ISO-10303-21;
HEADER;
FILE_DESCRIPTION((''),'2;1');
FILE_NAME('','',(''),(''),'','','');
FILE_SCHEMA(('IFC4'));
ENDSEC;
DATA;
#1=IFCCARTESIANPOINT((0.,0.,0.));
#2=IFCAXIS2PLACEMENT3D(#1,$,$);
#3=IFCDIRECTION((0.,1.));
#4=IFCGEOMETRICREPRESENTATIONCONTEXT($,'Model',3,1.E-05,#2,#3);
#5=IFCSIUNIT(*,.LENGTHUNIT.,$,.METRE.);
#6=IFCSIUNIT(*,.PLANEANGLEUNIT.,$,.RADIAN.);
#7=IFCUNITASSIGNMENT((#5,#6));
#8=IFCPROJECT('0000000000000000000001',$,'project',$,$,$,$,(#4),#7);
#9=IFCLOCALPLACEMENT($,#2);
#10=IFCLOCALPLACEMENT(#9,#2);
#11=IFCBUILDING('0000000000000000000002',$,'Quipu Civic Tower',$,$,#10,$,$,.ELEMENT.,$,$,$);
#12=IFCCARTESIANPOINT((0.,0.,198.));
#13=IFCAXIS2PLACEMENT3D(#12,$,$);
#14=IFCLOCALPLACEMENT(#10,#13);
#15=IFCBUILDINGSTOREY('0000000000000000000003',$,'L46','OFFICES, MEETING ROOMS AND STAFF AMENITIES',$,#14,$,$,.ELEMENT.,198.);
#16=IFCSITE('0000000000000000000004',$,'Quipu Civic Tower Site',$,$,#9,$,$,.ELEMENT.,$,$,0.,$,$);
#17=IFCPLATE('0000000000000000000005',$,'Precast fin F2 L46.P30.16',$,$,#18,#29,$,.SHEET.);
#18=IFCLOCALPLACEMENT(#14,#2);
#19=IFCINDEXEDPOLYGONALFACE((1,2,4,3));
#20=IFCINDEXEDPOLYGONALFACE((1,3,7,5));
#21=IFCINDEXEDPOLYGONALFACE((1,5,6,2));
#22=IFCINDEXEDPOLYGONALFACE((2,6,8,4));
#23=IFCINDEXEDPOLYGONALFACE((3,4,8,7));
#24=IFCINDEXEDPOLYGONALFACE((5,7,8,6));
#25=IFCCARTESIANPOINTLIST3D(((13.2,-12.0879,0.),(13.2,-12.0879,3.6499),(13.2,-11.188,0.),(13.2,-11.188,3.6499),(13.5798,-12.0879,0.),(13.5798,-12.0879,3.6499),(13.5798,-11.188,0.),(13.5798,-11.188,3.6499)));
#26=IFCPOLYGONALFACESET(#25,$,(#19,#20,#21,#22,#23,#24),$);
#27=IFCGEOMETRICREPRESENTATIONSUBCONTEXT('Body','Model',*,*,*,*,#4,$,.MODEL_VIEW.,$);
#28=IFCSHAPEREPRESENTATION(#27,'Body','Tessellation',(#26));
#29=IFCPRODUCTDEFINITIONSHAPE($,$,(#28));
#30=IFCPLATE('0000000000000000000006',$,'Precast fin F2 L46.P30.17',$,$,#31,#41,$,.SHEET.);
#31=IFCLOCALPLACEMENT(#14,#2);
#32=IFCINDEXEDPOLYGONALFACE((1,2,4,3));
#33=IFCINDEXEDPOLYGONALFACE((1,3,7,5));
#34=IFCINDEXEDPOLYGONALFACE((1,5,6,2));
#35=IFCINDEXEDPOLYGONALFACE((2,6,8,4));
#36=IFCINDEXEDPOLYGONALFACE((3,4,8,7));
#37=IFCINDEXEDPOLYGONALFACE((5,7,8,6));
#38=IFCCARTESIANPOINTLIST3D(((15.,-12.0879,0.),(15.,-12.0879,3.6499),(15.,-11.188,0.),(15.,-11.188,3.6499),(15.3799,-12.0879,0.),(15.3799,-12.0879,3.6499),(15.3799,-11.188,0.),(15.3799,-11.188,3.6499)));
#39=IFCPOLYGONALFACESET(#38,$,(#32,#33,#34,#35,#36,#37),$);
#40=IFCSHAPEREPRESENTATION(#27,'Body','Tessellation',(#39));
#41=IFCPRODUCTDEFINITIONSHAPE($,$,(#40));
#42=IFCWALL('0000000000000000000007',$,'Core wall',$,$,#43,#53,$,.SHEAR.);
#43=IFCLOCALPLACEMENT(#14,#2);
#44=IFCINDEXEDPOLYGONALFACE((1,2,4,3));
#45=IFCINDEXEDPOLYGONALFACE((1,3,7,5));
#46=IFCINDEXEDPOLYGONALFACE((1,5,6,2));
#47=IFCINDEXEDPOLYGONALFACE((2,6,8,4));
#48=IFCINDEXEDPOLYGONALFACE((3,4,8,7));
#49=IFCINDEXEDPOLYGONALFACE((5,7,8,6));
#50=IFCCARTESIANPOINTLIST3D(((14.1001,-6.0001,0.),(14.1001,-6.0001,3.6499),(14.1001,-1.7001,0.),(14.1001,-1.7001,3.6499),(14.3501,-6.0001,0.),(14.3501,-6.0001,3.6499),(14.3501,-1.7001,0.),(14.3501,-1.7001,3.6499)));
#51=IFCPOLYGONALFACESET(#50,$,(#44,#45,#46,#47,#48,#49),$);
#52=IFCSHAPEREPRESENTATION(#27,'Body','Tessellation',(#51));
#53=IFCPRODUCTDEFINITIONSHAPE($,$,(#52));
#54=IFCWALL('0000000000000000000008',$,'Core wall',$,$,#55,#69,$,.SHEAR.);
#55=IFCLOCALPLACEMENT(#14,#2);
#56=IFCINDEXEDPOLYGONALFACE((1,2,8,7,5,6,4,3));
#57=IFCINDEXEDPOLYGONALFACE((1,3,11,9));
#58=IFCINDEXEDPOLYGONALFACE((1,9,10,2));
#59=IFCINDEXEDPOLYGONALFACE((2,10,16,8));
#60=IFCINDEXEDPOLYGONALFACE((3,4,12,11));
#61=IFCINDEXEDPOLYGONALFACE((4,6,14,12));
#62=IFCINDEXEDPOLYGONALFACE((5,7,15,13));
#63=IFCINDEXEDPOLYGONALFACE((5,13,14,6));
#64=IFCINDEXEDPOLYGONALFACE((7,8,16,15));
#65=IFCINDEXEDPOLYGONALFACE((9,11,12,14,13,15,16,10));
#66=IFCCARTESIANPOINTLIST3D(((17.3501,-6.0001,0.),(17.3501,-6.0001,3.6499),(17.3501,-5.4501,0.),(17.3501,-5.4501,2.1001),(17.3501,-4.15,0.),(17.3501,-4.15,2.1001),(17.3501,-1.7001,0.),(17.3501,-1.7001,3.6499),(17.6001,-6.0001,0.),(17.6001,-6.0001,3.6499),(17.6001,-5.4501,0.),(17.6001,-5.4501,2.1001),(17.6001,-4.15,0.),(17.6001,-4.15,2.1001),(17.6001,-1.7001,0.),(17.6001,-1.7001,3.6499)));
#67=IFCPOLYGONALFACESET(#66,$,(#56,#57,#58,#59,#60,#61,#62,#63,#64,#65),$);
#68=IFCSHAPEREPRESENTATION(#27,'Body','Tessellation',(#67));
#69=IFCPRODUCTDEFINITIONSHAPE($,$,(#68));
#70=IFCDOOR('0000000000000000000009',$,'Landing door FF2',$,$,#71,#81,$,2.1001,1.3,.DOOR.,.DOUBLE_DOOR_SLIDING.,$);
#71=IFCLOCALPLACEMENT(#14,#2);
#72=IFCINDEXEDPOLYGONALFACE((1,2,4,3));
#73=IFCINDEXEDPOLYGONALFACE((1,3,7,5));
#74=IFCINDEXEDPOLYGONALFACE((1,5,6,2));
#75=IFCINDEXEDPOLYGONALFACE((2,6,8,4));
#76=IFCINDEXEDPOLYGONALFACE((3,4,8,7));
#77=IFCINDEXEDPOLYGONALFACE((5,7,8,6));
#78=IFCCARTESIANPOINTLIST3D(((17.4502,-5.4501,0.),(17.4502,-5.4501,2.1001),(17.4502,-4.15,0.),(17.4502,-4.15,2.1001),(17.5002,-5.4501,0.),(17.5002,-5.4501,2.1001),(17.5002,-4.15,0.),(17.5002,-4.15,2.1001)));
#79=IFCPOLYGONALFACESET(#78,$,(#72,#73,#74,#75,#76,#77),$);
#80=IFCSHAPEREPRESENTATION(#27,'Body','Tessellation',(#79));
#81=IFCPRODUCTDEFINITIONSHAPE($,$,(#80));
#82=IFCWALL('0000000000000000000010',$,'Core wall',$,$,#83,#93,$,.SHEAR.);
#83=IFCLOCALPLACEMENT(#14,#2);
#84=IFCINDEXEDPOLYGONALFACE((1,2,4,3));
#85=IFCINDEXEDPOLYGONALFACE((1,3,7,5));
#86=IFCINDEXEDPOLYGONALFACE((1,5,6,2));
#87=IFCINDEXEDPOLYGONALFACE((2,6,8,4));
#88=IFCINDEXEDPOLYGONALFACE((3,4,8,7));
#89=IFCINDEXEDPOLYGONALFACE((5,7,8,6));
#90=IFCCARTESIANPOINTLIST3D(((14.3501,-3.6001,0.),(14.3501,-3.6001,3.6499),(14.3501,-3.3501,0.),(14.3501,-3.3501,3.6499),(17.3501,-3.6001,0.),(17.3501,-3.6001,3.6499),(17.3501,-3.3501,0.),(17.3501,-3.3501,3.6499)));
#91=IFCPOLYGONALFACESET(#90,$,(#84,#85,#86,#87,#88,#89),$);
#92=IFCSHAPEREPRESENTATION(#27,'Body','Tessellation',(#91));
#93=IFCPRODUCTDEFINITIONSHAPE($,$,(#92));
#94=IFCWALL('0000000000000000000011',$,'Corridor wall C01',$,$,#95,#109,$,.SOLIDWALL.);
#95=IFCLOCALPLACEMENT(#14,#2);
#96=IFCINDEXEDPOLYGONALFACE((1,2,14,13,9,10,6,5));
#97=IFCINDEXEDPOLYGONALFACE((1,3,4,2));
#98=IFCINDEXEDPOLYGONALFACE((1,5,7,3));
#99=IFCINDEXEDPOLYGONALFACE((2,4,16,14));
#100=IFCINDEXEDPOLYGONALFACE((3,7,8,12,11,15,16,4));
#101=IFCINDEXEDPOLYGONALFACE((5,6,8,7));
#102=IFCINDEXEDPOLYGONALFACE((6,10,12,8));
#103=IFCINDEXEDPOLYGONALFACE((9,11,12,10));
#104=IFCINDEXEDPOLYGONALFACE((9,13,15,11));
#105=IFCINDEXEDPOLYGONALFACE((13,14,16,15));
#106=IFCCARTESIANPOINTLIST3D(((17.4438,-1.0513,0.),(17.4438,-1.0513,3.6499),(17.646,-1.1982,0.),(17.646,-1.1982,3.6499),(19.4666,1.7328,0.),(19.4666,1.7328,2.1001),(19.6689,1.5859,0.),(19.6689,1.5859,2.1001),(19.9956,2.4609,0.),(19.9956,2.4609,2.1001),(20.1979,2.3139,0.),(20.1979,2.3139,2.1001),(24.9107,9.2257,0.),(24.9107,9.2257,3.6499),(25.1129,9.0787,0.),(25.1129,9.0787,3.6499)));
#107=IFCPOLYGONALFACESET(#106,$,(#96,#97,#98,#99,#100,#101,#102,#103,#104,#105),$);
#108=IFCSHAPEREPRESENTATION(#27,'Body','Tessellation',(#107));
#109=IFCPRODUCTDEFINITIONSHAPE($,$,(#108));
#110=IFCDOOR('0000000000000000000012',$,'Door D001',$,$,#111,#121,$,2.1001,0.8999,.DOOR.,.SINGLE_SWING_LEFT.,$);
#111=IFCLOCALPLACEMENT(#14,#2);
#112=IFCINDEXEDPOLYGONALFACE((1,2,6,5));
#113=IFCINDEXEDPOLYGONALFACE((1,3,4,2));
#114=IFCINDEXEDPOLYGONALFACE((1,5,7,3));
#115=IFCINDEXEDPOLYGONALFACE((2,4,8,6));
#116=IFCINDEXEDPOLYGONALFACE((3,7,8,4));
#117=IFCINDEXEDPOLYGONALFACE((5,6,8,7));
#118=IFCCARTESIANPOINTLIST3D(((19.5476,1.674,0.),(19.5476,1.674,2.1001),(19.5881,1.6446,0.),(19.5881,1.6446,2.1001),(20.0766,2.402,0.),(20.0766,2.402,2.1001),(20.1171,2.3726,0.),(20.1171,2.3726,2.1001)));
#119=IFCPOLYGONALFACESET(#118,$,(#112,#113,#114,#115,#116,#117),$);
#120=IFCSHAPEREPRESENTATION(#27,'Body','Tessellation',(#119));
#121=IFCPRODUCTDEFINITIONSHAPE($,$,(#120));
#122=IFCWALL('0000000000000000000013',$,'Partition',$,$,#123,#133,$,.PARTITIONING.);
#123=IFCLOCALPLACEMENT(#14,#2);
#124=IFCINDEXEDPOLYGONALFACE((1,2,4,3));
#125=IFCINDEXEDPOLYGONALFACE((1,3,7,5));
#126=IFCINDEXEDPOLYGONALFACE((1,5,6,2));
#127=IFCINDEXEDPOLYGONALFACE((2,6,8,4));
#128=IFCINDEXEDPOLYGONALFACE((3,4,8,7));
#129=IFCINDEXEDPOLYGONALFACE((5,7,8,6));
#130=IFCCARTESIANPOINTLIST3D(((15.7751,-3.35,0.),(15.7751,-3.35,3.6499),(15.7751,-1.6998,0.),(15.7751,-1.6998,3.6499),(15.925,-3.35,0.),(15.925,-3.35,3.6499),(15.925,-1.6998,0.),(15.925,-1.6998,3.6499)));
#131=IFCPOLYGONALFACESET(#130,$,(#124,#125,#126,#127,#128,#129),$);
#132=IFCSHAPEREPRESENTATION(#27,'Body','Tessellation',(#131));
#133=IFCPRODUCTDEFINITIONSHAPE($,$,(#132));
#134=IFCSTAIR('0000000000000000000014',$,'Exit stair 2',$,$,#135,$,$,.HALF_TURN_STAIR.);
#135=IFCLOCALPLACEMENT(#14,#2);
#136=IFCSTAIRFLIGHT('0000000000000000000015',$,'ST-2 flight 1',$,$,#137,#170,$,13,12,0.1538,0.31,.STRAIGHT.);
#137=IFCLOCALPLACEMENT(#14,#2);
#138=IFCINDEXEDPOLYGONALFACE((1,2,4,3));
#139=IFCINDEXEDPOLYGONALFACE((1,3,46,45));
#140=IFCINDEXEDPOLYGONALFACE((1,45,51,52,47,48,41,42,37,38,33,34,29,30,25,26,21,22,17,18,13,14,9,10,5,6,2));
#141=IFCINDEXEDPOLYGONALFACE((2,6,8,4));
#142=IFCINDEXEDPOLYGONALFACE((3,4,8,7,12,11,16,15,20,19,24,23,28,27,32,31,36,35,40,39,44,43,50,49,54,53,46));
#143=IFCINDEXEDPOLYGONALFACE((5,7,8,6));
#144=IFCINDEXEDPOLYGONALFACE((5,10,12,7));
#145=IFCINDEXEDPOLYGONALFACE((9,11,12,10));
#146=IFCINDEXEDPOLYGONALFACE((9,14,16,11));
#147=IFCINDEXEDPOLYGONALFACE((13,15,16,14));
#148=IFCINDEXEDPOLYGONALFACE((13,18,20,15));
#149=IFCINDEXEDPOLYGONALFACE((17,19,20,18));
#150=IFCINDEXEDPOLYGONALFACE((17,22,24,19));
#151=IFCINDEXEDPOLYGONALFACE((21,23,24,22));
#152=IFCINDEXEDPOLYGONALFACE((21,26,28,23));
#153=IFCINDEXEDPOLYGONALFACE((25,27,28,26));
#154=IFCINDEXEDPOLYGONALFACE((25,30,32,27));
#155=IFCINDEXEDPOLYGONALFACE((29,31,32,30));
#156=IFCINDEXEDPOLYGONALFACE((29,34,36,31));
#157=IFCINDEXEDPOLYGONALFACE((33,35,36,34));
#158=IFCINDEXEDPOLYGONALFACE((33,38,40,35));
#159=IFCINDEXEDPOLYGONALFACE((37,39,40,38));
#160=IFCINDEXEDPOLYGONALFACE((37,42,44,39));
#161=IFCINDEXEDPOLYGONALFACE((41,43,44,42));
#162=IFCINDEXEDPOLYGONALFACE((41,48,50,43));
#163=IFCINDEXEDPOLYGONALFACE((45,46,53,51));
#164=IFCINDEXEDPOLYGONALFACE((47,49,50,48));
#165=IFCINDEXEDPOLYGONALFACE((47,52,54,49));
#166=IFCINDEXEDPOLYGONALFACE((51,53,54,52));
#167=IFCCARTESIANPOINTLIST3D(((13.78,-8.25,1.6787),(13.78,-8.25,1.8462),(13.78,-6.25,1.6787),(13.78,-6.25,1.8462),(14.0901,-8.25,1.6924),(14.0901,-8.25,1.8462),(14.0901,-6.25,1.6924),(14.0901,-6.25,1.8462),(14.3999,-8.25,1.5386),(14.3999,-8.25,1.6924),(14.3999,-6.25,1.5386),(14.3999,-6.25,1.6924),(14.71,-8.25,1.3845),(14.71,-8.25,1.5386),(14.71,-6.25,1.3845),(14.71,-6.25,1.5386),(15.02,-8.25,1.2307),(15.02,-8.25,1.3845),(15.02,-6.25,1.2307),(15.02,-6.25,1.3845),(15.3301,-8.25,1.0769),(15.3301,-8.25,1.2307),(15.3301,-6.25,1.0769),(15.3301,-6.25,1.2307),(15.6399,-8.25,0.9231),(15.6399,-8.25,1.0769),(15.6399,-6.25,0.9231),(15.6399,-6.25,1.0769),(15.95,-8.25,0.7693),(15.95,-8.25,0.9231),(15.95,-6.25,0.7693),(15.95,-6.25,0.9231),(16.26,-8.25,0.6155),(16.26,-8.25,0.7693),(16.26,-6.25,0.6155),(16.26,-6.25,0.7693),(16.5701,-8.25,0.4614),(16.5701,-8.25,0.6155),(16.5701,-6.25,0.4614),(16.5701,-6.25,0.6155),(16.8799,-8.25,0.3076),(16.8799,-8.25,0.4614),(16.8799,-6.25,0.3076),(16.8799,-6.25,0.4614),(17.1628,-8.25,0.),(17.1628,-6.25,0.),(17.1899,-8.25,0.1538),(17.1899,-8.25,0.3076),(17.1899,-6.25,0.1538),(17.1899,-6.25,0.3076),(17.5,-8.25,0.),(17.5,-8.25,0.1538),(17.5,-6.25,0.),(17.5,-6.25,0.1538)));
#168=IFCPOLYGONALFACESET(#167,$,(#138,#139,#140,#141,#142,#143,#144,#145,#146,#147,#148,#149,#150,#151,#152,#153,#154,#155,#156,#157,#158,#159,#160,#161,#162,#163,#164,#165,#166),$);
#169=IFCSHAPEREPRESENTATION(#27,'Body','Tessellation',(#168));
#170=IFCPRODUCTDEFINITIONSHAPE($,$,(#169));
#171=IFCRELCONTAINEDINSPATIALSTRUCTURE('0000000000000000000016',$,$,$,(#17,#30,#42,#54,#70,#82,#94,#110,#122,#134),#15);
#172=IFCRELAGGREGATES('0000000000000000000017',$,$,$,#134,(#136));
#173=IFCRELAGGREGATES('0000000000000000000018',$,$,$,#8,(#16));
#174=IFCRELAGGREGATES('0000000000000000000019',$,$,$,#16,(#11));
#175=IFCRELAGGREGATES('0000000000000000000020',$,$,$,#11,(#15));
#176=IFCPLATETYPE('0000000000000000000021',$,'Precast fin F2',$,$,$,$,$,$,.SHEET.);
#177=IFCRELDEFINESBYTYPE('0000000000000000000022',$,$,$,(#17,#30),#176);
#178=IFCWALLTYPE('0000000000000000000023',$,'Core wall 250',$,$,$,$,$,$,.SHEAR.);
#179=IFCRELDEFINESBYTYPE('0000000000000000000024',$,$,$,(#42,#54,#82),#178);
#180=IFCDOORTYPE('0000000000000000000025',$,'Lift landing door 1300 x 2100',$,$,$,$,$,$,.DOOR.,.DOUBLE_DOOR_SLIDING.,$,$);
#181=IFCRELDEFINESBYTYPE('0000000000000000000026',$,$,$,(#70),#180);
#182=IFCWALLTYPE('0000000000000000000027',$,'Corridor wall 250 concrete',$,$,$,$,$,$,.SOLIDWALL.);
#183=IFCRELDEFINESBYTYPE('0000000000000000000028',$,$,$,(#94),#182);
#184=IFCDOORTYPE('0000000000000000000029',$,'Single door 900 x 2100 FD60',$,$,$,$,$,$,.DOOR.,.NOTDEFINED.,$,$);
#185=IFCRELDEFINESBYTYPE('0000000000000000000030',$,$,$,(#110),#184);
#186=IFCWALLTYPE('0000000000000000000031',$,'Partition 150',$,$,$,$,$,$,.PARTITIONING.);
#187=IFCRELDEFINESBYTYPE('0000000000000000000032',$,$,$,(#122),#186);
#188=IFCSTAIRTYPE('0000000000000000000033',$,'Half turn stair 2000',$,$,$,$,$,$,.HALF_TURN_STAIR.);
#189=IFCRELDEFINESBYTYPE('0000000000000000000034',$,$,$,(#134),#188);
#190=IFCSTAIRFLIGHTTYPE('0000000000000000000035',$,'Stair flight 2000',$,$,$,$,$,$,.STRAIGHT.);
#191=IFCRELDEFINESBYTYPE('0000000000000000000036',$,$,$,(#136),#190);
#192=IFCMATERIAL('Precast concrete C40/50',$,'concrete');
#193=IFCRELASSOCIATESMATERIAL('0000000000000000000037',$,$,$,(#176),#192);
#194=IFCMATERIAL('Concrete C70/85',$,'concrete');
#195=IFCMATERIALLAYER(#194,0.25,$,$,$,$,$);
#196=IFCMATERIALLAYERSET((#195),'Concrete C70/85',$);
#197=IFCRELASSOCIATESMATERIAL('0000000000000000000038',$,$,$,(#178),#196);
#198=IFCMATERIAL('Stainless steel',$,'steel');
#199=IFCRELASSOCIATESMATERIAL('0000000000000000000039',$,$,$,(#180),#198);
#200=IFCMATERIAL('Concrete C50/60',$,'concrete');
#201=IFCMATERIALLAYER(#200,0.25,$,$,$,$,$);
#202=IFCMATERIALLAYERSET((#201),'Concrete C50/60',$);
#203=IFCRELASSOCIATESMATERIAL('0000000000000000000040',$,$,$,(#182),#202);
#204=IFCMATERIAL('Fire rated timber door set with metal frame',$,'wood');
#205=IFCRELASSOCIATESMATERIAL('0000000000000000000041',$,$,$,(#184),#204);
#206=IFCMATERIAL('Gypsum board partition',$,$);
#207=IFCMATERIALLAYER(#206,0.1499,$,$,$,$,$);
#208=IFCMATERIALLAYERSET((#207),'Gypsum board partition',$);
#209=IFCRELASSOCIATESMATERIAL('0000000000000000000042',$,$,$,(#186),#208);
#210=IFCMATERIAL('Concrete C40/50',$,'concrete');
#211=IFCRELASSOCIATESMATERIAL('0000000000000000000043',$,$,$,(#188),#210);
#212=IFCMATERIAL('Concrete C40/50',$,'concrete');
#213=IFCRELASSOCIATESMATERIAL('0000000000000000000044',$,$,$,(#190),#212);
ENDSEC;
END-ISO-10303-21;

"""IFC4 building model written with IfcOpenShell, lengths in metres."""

from ifc_helpers import new_model, si_unit, direction, frame, frame_2d, origin, origin_2d, place, context, subcontext, project, spatial, polyline, rectangle, outline, extrude, material, layer, layer_set, type_object, element, fill, aggregate, save


model = new_model("IFC4")

# Units and contexts
model_context = context("Model", 3, precision=1e-05, world=origin(), true_north=direction((0.0, 1.0)))
body_context = subcontext(model_context, "Body", "Model", "MODEL_VIEW")
ifc_project = project(units=[si_unit("LENGTHUNIT", "METRE"), si_unit("PLANEANGLEUNIT", "RADIAN")], contexts=[model_context])

# Site, building, storey
site_placement = place(None, origin())
site = spatial("IfcSite", under=ifc_project, at=site_placement, Name="Quipu Civic Tower Site", CompositionType="ELEMENT", RefElevation=0.0)
building_placement = place(site_placement, origin())
building = spatial("IfcBuilding", under=site, at=building_placement, Name="Quipu Civic Tower", CompositionType="ELEMENT")
storey_placement = place(building_placement, frame((0.0, 0.0, 198.0)))
storey = spatial("IfcBuildingStorey", under=building, at=storey_placement, Name="L46", Description="OFFICES, MEETING ROOMS AND STAFF AMENITIES", CompositionType="ELEMENT", Elevation=198.0)

# Plates
ifc_material_1 = material(Name="Precast concrete C40/50", Category="concrete")
plate_type = type_object("IfcPlateType", Name="Precast fin F2", PredefinedType="SHEET", material=ifc_material_1)
for number, where, z_axis, x_axis, name in (
    (1, (13.3899, -11.6379, 0.0), (0.0, 0.0, 1.0), (1.0, 0.0, 0.0), "Precast fin F2 L46.P30.16"),
    (2, (15.1899, -11.6379, 0.0), (0.0, 0.0, 1.0), (1.0, 0.0, 0.0), "Precast fin F2 L46.P30.17"),
):
    element("IfcPlate", number, at=place(storey_placement, frame(where, z_axis=z_axis, x_axis=x_axis)), inside=storey, type_object=plate_type, Name=name, PredefinedType="SHEET", context=body_context, shape_type="SweptSolid", body=[
        extrude(rectangle(XDim=0.3799, YDim=0.8999, at=origin_2d()), origin(), (0.0, 0.0, 1.0), 3.6499),
    ])

# Shared definitions
ifc_material_2 = material(Name="Concrete C70/85", Category="concrete")
ifc_layer_1 = layer(ifc_material_2, 0.25)
ifc_layer_set_1 = layer_set([ifc_layer_1], Name="Concrete C70/85")
wall_type_1 = type_object("IfcWallType", Name="Core wall 250", PredefinedType="SHEAR", material=ifc_layer_set_1)

# Wall
wall_1_placement = place(storey_placement, frame((14.2251, -6.0, 0.0), z_axis=(0.0, 0.0, 1.0), x_axis=(0.0, 1.0, 0.0)))
element("IfcWall", 3, at=wall_1_placement, inside=storey, type_object=wall_type_1, Name="Core wall", PredefinedType="SHEAR", context=body_context, shape_type="SweptSolid", body=[
    extrude(rectangle(XDim=4.3, YDim=0.25, at=frame_2d((2.1499, 0.0))), origin(), (0.0, 0.0, 1.0), 3.6499),
])

# Wall, opening, door
wall_2_placement = place(storey_placement, frame((17.4751, -6.0, 0.0), z_axis=(0.0, 0.0, 1.0), x_axis=(0.0, 1.0, 0.0)))
wall_2 = element("IfcWall", 4, at=wall_2_placement, inside=storey, type_object=wall_type_1, Name="Core wall", PredefinedType="SHEAR", context=body_context, shape_type="SweptSolid", body=[
    extrude(rectangle(XDim=4.3, YDim=0.25, at=frame_2d((2.1499, 0.0))), origin(), (0.0, 0.0, 1.0), 3.6499),
])
opening_1_placement = place(wall_2_placement, frame((0.55, 0.0, 0.0)))
opening_1 = element("IfcOpeningElement", 5, at=opening_1_placement, cuts=wall_2, PredefinedType="OPENING", context=body_context, shape_type="SweptSolid", body=[
    extrude(rectangle(XDim=1.3, YDim=2.1001, at=frame_2d((0.6499, 1.05))), frame((0.0, 0.135, 0.0), z_axis=(0.0, -1.0, 0.0), x_axis=(1.0, 0.0, 0.0)), (0.0, 0.0, 1.0), 0.27),
])
ifc_material_3 = material(Name="Stainless steel", Category="steel")
door_type_1 = type_object("IfcDoorType", Name="Lift landing door 1300 x 2100", OperationType="DOUBLE_DOOR_SLIDING", PredefinedType="DOOR", material=ifc_material_3)
door_1_placement = place(opening_1_placement, origin())
door_1 = element("IfcDoor", 6, at=door_1_placement, inside=storey, type_object=door_type_1, Name="Landing door FF2", OperationType="DOUBLE_DOOR_SLIDING", OverallHeight=2.1001, OverallWidth=1.3, PredefinedType="DOOR", context=body_context, shape_type="SweptSolid", body=[
    extrude(rectangle(XDim=1.3, YDim=2.1001, at=frame_2d((0.6499, 1.05))), frame((0.0, 0.0249, 0.0), z_axis=(0.0, -1.0, 0.0), x_axis=(1.0, 0.0, 0.0)), (0.0, 0.0, 1.0), 0.05),
])
fill(opening_1, door_1)

# Wall
wall_3_placement = place(storey_placement, frame((14.3501, -3.4751, 0.0), z_axis=(0.0, 0.0, 1.0), x_axis=(1.0, 0.0, 0.0)))
element("IfcWall", 7, at=wall_3_placement, inside=storey, type_object=wall_type_1, Name="Core wall", PredefinedType="SHEAR", context=body_context, shape_type="SweptSolid", body=[
    extrude(rectangle(XDim=3.0, YDim=0.25, at=frame_2d((1.5, 0.0))), origin(), (0.0, 0.0, 1.0), 3.6499),
])

# Wall, opening, door
ifc_material_4 = material(Name="Concrete C50/60", Category="concrete")
ifc_layer_2 = layer(ifc_material_4, 0.25)
ifc_layer_set_2 = layer_set([ifc_layer_2], Name="Concrete C50/60")
wall_type_2 = type_object("IfcWallType", Name="Corridor wall 250 concrete", PredefinedType="SOLIDWALL", material=ifc_layer_set_2)
wall_4_placement = place(storey_placement, frame((17.5449, -1.1248, 0.0), z_axis=(0.0, 0.0, 1.0), x_axis=(0.587797, 0.809009, 0.0)))
wall_4 = element("IfcWall", 8, at=wall_4_placement, inside=storey, type_object=wall_type_2, Name="Corridor wall C01", PredefinedType="SOLIDWALL", context=body_context, shape_type="SweptSolid", body=[
    extrude(rectangle(XDim=12.7031, YDim=0.25, at=frame_2d((6.3516, 0.0))), origin(), (0.0, 0.0, 1.0), 3.6499),
])
opening_2_placement = place(wall_4_placement, frame((3.4414, 0.0, 0.0)))
opening_2 = element("IfcOpeningElement", 9, at=opening_2_placement, cuts=wall_4, PredefinedType="OPENING", context=body_context, shape_type="SweptSolid", body=[
    extrude(rectangle(XDim=0.8999, YDim=2.1001, at=frame_2d((0.45, 1.05))), frame((0.0, 0.135, 0.0), z_axis=(0.0, -1.0, 0.0), x_axis=(1.0, 0.0, 0.0)), (0.0, 0.0, 1.0), 0.27),
])
ifc_material_5 = material(Name="Fire rated timber door set with metal frame", Category="wood")
door_type_2 = type_object("IfcDoorType", Name="Single door 900 x 2100 FD60", OperationType="NOTDEFINED", PredefinedType="DOOR", material=ifc_material_5)
door_2_placement = place(opening_2_placement, origin())
door_2 = element("IfcDoor", 10, at=door_2_placement, inside=storey, type_object=door_type_2, Name="Door D001", OperationType="SINGLE_SWING_LEFT", OverallHeight=2.1001, OverallWidth=0.8999, PredefinedType="DOOR", context=body_context, shape_type="SweptSolid", body=[
    extrude(rectangle(XDim=0.8999, YDim=2.1001, at=frame_2d((0.45, 1.05))), frame((0.0, 0.0249, 0.0), z_axis=(0.0, -1.0, 0.0), x_axis=(1.0, 0.0, 0.0)), (0.0, 0.0, 1.0), 0.05),
])
fill(opening_2, door_2)

# Wall
ifc_material_6 = material(Name="Gypsum board partition")
ifc_layer_3 = layer(ifc_material_6, 0.1499)
ifc_layer_set_3 = layer_set([ifc_layer_3], Name="Gypsum board partition")
wall_type_3 = type_object("IfcWallType", Name="Partition 150", PredefinedType="PARTITIONING", material=ifc_layer_set_3)
wall_5_placement = place(storey_placement, frame((15.8501, -3.3501, 0.0), z_axis=(0.0, 0.0, 1.0), x_axis=(0.0, 1.0, 0.0)))
element("IfcWall", 11, at=wall_5_placement, inside=storey, type_object=wall_type_3, Name="Partition", PredefinedType="PARTITIONING", context=body_context, shape_type="SweptSolid", body=[
    extrude(rectangle(XDim=1.6501, YDim=0.1499, at=frame_2d((0.8252, 0.0))), origin(), (0.0, 0.0, 1.0), 3.6499),
])

# Stair, stair flight
ifc_material_7 = material(Name="Concrete C40/50", Category="concrete")
stair_type = type_object("IfcStairType", Name="Half turn stair 2000", PredefinedType="HALF_TURN_STAIR", material=ifc_material_7)
stair_placement = place(storey_placement, origin())
stair = element("IfcStair", 12, at=stair_placement, inside=storey, type_object=stair_type, Name="Exit stair 2", PredefinedType="HALF_TURN_STAIR")
ifc_material_8 = material(Name="Concrete C40/50", Category="concrete")
stair_flight_type = type_object("IfcStairFlightType", Name="Stair flight 2000", PredefinedType="STRAIGHT", material=ifc_material_8)
stair_flight_1_placement = place(storey_placement, frame((17.5, -7.25, 0.0), z_axis=(0.0, 0.0, 1.0), x_axis=(-1.0, 0.0, 0.0)))
stair_flight_1 = element("IfcStairFlight", 13, at=stair_flight_1_placement, type_object=stair_flight_type, Name="ST-2 flight 1", NumberOfRisers=13, NumberOfTreads=12, PredefinedType="STRAIGHT", RiserHeight=0.1538, TreadLength=0.31, context=body_context, shape_type="SweptSolid", body=[
    extrude(outline(polyline([(0.0, 0.0), (0.0, 0.1538), (0.3101, 0.1538), (0.3101, 0.3076), (0.6201, 0.3076), (0.6201, 0.4614), (0.9299, 0.4614), (0.9299, 0.6155), (1.24, 0.6155), (1.24, 0.7693), (1.55, 0.7693), (1.55, 0.9231), (1.8601, 0.9231), (1.8601, 1.0769), (2.1699, 1.0769), (2.1699, 1.2307), (2.48, 1.2307), (2.48, 1.3845), (2.79, 1.3845), (2.79, 1.5386), (3.1001, 1.5386), (3.1001, 1.6924), (3.4099, 1.6924), (3.4099, 1.8462), (3.72, 1.8462), (3.72, 2.0), (3.72, 1.6787), (0.3372, 0.0), (0.0, 0.0)])), frame((0.0, 1.0, 0.0), z_axis=(0.0, -1.0, 0.0), x_axis=(1.0, 0.0, 0.0)), (0.0, 0.0, 1.0), 2.0),
])
aggregate(stair, [stair_flight_1])

save(model, "model.ifc")
